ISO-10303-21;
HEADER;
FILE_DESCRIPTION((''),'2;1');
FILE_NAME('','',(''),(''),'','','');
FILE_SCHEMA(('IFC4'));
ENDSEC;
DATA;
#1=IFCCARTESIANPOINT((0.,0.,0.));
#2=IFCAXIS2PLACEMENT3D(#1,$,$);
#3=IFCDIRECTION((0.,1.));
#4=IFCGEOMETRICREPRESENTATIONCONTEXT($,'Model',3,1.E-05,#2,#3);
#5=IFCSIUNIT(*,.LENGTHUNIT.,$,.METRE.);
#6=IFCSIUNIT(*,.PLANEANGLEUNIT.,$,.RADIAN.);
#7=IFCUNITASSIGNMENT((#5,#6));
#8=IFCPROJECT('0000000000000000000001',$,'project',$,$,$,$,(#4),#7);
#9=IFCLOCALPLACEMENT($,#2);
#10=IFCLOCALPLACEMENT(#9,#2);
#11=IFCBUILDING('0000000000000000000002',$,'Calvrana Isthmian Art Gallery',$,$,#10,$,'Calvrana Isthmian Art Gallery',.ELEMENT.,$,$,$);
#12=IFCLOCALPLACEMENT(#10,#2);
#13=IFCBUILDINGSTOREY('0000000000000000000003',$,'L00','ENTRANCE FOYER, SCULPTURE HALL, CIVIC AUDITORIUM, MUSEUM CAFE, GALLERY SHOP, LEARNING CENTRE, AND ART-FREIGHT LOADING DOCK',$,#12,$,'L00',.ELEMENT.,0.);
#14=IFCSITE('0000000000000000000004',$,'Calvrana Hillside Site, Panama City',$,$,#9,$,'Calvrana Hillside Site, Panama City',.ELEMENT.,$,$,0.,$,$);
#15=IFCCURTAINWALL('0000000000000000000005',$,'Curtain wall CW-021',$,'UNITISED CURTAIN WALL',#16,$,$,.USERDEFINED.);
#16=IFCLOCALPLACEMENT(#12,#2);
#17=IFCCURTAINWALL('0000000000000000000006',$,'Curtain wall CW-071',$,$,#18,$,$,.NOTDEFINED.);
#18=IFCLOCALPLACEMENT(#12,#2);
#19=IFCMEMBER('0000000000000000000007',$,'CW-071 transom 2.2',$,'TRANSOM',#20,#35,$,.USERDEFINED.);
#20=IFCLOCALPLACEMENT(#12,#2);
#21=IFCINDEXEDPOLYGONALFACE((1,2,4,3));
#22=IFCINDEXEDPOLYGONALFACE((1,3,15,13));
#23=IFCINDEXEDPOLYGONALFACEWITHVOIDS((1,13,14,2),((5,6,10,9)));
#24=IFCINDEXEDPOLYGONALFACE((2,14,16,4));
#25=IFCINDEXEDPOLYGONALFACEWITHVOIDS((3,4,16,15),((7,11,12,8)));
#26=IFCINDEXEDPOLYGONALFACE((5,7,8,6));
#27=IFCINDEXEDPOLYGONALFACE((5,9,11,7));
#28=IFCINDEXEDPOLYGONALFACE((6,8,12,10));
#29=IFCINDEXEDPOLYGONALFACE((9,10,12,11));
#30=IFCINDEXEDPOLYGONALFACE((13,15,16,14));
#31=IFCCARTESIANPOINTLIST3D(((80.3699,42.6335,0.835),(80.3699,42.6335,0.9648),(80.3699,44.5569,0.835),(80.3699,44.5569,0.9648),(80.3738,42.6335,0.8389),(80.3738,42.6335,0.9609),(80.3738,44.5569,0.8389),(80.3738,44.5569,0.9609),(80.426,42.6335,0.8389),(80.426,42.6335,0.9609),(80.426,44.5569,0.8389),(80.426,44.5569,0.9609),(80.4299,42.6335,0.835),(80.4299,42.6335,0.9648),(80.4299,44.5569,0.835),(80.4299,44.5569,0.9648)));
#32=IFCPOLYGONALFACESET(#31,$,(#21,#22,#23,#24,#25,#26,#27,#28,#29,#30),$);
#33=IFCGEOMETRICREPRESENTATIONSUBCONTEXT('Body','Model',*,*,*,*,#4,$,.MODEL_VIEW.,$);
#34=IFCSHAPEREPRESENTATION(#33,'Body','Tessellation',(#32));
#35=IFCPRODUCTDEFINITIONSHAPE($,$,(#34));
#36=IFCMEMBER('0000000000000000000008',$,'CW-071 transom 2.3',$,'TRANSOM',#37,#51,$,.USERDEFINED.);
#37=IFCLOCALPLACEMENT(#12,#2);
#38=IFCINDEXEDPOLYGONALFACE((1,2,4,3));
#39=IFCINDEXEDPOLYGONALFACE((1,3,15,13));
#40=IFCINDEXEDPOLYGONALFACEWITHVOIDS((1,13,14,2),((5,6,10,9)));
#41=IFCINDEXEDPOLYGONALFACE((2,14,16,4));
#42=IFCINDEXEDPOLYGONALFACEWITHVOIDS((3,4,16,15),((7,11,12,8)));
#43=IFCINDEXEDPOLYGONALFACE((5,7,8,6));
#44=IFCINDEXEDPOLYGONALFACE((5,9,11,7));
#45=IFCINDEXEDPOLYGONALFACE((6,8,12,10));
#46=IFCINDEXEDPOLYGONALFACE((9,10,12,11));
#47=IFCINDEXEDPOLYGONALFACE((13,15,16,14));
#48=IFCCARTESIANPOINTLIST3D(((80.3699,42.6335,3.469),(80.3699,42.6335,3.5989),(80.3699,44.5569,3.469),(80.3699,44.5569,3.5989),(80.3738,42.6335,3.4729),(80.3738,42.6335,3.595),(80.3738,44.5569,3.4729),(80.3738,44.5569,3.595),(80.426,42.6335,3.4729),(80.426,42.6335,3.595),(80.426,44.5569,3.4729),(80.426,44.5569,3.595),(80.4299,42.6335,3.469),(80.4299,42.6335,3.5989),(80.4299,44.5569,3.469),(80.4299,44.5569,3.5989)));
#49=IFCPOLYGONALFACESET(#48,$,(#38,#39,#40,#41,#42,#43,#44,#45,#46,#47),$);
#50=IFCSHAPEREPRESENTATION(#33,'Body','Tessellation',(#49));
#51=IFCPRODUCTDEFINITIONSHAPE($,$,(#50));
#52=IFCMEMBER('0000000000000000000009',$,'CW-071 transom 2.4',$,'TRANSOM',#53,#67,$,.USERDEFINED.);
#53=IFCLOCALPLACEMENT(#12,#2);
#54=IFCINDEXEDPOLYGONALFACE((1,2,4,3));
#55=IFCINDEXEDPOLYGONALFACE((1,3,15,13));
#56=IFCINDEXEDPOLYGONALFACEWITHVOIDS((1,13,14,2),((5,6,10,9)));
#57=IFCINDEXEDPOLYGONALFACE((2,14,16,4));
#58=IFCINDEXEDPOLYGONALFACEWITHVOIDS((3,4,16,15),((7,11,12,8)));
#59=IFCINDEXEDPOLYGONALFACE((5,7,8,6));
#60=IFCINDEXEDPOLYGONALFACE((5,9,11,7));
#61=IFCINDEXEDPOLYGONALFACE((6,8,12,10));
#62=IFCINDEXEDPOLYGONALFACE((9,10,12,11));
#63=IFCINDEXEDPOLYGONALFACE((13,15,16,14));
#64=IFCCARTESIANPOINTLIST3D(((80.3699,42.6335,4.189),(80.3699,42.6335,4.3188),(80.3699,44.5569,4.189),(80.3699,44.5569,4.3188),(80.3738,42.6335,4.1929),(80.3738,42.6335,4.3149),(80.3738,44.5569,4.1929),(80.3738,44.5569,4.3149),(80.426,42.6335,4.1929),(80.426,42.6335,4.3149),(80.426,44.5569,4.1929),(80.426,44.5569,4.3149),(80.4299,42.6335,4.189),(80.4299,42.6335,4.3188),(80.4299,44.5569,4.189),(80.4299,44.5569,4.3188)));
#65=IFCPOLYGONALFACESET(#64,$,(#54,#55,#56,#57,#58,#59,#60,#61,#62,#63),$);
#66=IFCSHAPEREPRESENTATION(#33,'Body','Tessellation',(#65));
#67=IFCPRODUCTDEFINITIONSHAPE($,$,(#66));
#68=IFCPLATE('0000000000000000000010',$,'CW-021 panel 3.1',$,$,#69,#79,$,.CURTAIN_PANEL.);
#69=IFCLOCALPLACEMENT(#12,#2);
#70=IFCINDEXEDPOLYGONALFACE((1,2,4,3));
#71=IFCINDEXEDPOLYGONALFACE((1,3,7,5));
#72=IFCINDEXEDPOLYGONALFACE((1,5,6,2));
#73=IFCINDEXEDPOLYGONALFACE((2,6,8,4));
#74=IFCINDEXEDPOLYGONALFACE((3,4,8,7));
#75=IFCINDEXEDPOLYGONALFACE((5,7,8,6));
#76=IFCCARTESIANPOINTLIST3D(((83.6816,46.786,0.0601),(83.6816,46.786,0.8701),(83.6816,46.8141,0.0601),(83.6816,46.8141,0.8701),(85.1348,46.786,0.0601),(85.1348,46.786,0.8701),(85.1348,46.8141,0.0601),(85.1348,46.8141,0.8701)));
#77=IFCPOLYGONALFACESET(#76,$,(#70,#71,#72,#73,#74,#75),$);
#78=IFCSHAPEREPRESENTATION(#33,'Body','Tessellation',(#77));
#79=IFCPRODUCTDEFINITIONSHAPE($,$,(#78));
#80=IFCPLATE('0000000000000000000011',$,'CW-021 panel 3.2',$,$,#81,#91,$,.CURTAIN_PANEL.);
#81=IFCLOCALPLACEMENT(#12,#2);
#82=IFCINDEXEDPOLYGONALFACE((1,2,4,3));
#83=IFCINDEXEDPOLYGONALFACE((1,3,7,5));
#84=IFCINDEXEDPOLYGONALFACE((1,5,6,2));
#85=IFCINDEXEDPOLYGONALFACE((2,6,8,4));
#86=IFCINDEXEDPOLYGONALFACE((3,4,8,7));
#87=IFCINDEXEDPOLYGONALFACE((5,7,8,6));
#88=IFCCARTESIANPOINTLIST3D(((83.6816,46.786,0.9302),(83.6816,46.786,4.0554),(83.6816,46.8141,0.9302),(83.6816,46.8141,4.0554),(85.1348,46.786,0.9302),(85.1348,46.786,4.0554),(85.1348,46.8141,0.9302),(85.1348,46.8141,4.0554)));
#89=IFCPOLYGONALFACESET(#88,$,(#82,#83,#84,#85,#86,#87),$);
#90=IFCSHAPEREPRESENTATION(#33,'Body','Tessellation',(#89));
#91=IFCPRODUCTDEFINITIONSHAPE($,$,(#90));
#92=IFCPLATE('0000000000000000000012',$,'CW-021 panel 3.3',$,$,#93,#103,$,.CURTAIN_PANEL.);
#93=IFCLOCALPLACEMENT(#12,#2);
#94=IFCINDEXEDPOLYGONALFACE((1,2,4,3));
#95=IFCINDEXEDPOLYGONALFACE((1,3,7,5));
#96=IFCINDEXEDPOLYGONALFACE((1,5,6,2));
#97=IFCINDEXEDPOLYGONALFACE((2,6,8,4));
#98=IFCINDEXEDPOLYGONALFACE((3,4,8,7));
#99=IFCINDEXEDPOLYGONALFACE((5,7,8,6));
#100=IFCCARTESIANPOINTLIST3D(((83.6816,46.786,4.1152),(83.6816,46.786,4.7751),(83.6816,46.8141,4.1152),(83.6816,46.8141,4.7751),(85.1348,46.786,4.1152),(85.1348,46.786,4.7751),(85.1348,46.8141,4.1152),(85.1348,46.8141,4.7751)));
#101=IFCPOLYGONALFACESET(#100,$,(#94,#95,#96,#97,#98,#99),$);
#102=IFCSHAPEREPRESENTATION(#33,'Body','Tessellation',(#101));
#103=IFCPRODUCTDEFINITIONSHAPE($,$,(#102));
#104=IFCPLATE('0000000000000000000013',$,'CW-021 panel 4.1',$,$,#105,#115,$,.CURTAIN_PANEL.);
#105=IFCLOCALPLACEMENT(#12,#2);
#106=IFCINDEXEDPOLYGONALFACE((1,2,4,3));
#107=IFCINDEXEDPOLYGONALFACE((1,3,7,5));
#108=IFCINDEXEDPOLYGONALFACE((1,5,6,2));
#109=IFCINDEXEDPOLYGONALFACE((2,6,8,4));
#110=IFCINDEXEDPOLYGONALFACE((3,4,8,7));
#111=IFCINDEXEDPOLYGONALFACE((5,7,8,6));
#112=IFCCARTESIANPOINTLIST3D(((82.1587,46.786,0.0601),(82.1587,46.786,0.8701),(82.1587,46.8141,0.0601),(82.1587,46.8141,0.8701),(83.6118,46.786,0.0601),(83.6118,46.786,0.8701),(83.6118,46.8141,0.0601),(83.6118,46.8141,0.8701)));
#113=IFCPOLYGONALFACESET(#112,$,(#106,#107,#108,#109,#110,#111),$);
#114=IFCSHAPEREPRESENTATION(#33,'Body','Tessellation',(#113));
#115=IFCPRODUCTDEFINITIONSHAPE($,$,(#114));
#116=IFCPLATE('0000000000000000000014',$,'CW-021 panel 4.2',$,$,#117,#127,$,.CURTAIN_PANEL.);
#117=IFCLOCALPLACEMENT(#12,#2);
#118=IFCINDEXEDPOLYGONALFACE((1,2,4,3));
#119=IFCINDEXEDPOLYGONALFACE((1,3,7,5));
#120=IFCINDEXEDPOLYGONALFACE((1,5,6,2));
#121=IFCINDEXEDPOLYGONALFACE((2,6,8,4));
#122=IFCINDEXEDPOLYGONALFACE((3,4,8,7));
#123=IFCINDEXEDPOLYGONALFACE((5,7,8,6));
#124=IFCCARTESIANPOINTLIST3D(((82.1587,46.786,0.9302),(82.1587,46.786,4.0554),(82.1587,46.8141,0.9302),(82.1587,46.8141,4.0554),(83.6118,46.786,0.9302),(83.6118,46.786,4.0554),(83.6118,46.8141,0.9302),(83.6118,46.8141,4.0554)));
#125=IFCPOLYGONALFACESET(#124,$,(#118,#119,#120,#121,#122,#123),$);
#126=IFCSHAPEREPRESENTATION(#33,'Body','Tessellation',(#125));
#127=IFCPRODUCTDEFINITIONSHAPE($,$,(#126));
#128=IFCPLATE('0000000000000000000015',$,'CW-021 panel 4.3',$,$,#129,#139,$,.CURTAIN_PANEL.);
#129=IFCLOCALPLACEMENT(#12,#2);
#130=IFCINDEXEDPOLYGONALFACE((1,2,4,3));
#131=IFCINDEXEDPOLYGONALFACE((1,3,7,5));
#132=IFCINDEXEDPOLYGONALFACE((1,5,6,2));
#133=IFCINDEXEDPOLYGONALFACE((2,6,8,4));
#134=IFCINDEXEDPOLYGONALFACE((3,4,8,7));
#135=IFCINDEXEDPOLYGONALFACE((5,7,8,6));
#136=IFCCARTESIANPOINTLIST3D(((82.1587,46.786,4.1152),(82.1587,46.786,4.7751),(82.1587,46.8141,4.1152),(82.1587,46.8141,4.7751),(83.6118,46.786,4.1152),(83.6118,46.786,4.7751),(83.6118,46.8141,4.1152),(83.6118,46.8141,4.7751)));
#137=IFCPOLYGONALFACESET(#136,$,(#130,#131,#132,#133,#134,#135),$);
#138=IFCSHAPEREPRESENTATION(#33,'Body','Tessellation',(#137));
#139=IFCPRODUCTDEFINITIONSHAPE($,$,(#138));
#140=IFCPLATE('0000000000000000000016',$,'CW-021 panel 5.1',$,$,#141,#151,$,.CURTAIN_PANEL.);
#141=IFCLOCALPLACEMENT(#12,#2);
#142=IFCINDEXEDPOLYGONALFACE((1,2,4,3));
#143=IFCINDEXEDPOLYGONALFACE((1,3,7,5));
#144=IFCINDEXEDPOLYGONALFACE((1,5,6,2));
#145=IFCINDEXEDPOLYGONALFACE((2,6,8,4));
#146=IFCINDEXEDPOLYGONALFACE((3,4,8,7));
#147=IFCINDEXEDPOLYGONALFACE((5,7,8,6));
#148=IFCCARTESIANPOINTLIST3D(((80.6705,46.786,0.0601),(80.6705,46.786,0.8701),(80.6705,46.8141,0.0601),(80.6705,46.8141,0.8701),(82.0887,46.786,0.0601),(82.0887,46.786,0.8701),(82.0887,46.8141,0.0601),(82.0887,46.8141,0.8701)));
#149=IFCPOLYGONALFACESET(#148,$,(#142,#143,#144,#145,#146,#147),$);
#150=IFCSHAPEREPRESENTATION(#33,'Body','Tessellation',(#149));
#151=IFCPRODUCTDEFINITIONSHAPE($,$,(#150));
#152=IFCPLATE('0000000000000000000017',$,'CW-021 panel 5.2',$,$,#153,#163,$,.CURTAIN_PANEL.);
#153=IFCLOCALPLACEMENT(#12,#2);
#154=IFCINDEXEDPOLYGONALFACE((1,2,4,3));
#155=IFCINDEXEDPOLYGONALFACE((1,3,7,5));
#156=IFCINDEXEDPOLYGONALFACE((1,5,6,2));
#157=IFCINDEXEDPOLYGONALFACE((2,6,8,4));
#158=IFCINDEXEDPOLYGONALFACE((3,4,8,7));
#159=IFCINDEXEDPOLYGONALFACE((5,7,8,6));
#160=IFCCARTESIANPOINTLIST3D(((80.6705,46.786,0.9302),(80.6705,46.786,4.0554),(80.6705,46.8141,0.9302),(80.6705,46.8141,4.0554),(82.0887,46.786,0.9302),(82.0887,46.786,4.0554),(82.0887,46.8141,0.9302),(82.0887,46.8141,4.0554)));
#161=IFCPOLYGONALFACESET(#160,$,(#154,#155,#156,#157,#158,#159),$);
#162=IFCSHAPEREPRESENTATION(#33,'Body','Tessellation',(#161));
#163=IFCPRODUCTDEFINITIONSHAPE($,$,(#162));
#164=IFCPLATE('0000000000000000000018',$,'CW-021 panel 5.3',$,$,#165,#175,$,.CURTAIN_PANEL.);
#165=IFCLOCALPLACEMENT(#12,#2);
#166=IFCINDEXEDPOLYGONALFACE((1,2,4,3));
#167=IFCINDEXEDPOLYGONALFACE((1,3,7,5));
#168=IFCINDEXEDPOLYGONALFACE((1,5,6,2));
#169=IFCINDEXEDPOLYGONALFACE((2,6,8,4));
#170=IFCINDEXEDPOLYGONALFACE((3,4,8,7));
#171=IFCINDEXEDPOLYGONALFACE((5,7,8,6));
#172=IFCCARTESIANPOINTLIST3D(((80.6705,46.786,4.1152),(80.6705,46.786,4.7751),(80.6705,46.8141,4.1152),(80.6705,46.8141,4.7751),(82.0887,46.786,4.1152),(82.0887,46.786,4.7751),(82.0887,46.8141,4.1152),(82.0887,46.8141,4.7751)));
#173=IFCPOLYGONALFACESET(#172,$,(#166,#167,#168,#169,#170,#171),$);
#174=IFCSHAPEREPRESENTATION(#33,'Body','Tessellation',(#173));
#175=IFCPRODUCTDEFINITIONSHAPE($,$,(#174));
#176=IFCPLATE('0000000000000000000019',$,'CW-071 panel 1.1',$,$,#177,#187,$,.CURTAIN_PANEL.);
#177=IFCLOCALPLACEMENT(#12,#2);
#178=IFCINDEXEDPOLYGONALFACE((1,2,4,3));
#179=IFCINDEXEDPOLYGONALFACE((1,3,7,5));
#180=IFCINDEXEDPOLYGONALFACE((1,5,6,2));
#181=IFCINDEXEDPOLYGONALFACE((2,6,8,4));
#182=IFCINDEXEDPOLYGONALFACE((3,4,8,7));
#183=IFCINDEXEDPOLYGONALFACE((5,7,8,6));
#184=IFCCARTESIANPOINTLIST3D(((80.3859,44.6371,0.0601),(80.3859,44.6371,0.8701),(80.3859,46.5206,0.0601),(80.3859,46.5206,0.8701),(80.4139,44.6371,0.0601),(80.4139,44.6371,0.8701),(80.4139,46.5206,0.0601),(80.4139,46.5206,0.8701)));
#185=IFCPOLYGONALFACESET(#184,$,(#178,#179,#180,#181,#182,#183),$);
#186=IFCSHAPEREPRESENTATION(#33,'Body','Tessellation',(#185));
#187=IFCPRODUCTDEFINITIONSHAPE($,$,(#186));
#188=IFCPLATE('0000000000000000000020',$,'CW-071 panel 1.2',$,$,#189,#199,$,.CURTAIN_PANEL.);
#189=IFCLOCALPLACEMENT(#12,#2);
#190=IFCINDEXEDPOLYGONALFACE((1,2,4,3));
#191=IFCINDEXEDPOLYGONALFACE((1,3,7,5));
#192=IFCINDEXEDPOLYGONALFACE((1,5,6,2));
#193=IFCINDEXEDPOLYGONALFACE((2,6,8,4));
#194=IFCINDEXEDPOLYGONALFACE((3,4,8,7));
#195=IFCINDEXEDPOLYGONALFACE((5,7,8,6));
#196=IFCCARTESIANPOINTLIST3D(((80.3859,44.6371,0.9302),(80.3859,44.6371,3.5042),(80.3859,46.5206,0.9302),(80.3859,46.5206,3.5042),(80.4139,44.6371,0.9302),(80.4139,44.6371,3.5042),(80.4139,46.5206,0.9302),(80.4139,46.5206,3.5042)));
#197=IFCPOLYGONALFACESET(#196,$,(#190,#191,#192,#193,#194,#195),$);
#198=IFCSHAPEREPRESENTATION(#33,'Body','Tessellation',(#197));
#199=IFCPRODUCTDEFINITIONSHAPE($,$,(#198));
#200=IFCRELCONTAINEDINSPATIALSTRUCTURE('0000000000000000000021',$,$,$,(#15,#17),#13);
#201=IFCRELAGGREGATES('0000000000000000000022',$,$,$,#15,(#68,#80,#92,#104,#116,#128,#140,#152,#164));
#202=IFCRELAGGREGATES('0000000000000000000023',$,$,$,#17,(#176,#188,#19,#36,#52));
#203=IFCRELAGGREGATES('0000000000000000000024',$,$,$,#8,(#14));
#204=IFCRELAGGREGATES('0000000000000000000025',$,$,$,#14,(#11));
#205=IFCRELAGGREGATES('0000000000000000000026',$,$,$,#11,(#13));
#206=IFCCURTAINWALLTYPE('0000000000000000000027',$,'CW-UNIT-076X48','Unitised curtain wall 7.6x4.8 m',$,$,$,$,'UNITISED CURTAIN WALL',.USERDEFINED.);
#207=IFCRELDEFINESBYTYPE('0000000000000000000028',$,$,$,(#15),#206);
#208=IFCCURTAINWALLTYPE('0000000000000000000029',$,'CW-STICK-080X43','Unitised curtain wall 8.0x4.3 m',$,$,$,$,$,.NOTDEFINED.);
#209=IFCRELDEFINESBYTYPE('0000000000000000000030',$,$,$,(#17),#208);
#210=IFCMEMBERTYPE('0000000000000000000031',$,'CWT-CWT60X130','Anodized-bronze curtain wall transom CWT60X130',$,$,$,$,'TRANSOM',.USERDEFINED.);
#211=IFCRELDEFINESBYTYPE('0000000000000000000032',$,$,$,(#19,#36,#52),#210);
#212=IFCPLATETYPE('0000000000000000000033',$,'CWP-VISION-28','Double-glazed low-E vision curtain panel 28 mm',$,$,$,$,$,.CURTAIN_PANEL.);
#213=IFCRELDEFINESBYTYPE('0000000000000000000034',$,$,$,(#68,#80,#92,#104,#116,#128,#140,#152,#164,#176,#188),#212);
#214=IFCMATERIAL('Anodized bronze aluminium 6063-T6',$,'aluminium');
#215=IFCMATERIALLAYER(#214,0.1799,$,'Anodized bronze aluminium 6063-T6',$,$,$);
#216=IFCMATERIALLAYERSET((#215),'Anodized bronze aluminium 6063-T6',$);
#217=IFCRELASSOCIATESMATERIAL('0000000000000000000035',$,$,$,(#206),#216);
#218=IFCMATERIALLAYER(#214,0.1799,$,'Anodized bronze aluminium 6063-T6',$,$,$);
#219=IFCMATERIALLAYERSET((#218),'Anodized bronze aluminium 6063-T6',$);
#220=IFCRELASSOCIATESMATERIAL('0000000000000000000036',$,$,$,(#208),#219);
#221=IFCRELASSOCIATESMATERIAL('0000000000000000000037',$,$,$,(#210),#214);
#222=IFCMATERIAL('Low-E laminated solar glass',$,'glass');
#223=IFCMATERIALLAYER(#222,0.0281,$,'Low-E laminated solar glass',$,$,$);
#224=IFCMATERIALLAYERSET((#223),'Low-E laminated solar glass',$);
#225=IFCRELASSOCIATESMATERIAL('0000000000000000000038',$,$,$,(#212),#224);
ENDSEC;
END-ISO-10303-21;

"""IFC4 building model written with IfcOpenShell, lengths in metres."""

from ifc_helpers import new_model, si_unit, direction, frame, origin, origin_2d, place, context, subcontext, project, spatial, rectangle, hollow_rectangle, extrude, material, layer, layer_set, material_profile, profile_set, type_object, element, aggregate, save


model = new_model("IFC4")

# Units and contexts
model_context = context("Model", 3, precision=1e-05, world=origin(), true_north=direction((0.0, 1.0)))
body_context = subcontext(model_context, "Body", "Model", "MODEL_VIEW")
ifc_project = project(units=[si_unit("LENGTHUNIT", "METRE"), si_unit("PLANEANGLEUNIT", "RADIAN")], contexts=[model_context])

# Site, building, storey
site_placement = place(None, origin())
site = spatial("IfcSite", under=ifc_project, at=site_placement, Name="Calvrana Hillside Site, Panama City", LongName="Calvrana Hillside Site, Panama City", CompositionType="ELEMENT", RefElevation=0.0)
building_placement = place(site_placement, origin())
building = spatial("IfcBuilding", under=site, at=building_placement, Name="Calvrana Isthmian Art Gallery", LongName="Calvrana Isthmian Art Gallery", CompositionType="ELEMENT")
storey_placement = place(building_placement, origin())
storey = spatial("IfcBuildingStorey", under=building, at=storey_placement, Name="L00", Description="ENTRANCE FOYER, SCULPTURE HALL, CIVIC AUDITORIUM, MUSEUM CAFE, GALLERY SHOP, LEARNING CENTRE, AND ART-FREIGHT LOADING DOCK", LongName="L00", CompositionType="ELEMENT", Elevation=0.0)

# Curtain walls
ifc_material_1 = material(Name="Anodized bronze aluminium 6063-T6", Category="aluminium")
ifc_layer_1 = layer(ifc_material_1, 0.1799, Name="Anodized bronze aluminium 6063-T6")
ifc_layer_set_1 = layer_set([ifc_layer_1], Name="Anodized bronze aluminium 6063-T6")
curtain_wall_type_1 = type_object("IfcCurtainWallType", Name="CW-UNIT-076X48", Description="Unitised curtain wall 7.6x4.8 m", ElementType="UNITISED CURTAIN WALL", PredefinedType="USERDEFINED", material=ifc_layer_set_1)
curtain_wall_1_placement = place(storey_placement, origin())
curtain_wall_1 = element("IfcCurtainWall", 1, at=curtain_wall_1_placement, inside=storey, type_object=curtain_wall_type_1, Name="Curtain wall CW-021", ObjectType="UNITISED CURTAIN WALL", PredefinedType="USERDEFINED")
ifc_layer_2 = layer(ifc_material_1, 0.1799, Name="Anodized bronze aluminium 6063-T6")
ifc_layer_set_2 = layer_set([ifc_layer_2], Name="Anodized bronze aluminium 6063-T6")
curtain_wall_type_2 = type_object("IfcCurtainWallType", Name="CW-STICK-080X43", Description="Unitised curtain wall 8.0x4.3 m", PredefinedType="NOTDEFINED", material=ifc_layer_set_2)
curtain_wall_2_placement = place(storey_placement, origin())
curtain_wall_2 = element("IfcCurtainWall", 2, at=curtain_wall_2_placement, inside=storey, type_object=curtain_wall_type_2, Name="Curtain wall CW-071", PredefinedType="NOTDEFINED")

# Members
ifc_material_profile_1 = material_profile(ifc_material_1, hollow_rectangle(XDim=0.0601, YDim=0.1299, WallThickness=0.0039, at=origin_2d()), Name="CWT60X130")
ifc_profile_set_1 = profile_set([ifc_material_profile_1], Name="Anodized bronze aluminium 6063-T6")
member_type_1 = type_object("IfcMemberType", Name="CWT-CWT60X130", Description="Anodized-bronze curtain wall transom CWT60X130", ElementType="TRANSOM", PredefinedType="USERDEFINED", material=ifc_profile_set_1)
member_1_placement = place(storey_placement, frame((80.3999, 44.5569, 0.8999), z_axis=(0.0, -1.0, 0.0), x_axis=(1.0, 0.0, 0.0)))
member_1 = element("IfcMember", 3, at=member_1_placement, type_object=member_type_1, Name="CW-071 transom 2.2", ObjectType="TRANSOM", PredefinedType="USERDEFINED", context=body_context, shape_type="SweptSolid", body=[
    extrude(hollow_rectangle(XDim=0.0601, YDim=0.1299, WallThickness=0.0039, at=origin_2d()), origin(), (0.0, 0.0, 1.0), 1.9233),
])
member_2_placement = place(storey_placement, frame((80.3999, 44.5569, 3.5339), z_axis=(0.0, -1.0, 0.0), x_axis=(1.0, 0.0, 0.0)))
member_2 = element("IfcMember", 4, at=member_2_placement, type_object=member_type_1, Name="CW-071 transom 2.3", ObjectType="TRANSOM", PredefinedType="USERDEFINED", context=body_context, shape_type="SweptSolid", body=[
    extrude(hollow_rectangle(XDim=0.0601, YDim=0.1299, WallThickness=0.0039, at=origin_2d()), origin(), (0.0, 0.0, 1.0), 1.9233),
])
member_3_placement = place(storey_placement, frame((80.3999, 44.5569, 4.2539), z_axis=(0.0, -1.0, 0.0), x_axis=(1.0, 0.0, 0.0)))
member_3 = element("IfcMember", 5, at=member_3_placement, type_object=member_type_1, Name="CW-071 transom 2.4", ObjectType="TRANSOM", PredefinedType="USERDEFINED", context=body_context, shape_type="SweptSolid", body=[
    extrude(hollow_rectangle(XDim=0.0601, YDim=0.1299, WallThickness=0.0039, at=origin_2d()), origin(), (0.0, 0.0, 1.0), 1.9233),
])

# Plates
ifc_material_2 = material(Name="Low-E laminated solar glass", Category="glass")
ifc_layer_3 = layer(ifc_material_2, 0.0281, Name="Low-E laminated solar glass")
ifc_layer_set_3 = layer_set([ifc_layer_3], Name="Low-E laminated solar glass")
plate_type = type_object("IfcPlateType", Name="CWP-VISION-28", Description="Double-glazed low-E vision curtain panel 28 mm", PredefinedType="CURTAIN_PANEL", material=ifc_layer_set_3)
plate_1_placement = place(storey_placement, frame((84.4082, 46.8, 0.0601), z_axis=(0.0, 0.0, 1.0), x_axis=(-1.0, 0.0, 0.0)))
plate_1 = element("IfcPlate", 6, at=plate_1_placement, type_object=plate_type, Name="CW-021 panel 3.1", PredefinedType="CURTAIN_PANEL", context=body_context, shape_type="SweptSolid", body=[
    extrude(rectangle(XDim=1.4531, YDim=0.0281, at=origin_2d()), origin(), (0.0, 0.0, 1.0), 0.8101),
])
plate_2_placement = place(storey_placement, frame((84.4082, 46.8, 0.9302), z_axis=(0.0, 0.0, 1.0), x_axis=(-1.0, 0.0, 0.0)))
plate_2 = element("IfcPlate", 7, at=plate_2_placement, type_object=plate_type, Name="CW-021 panel 3.2", PredefinedType="CURTAIN_PANEL", context=body_context, shape_type="SweptSolid", body=[
    extrude(rectangle(XDim=1.4531, YDim=0.0281, at=origin_2d()), origin(), (0.0, 0.0, 1.0), 3.1252),
])
plate_3_placement = place(storey_placement, frame((84.4082, 46.8, 4.1152), z_axis=(0.0, 0.0, 1.0), x_axis=(-1.0, 0.0, 0.0)))
plate_3 = element("IfcPlate", 8, at=plate_3_placement, type_object=plate_type, Name="CW-021 panel 3.3", PredefinedType="CURTAIN_PANEL", context=body_context, shape_type="SweptSolid", body=[
    extrude(rectangle(XDim=1.4531, YDim=0.0281, at=origin_2d()), origin(), (0.0, 0.0, 1.0), 0.6599),
])
plate_4_placement = place(storey_placement, frame((82.8853, 46.8, 0.0601), z_axis=(0.0, 0.0, 1.0), x_axis=(-1.0, 0.0, 0.0)))
plate_4 = element("IfcPlate", 9, at=plate_4_placement, type_object=plate_type, Name="CW-021 panel 4.1", PredefinedType="CURTAIN_PANEL", context=body_context, shape_type="SweptSolid", body=[
    extrude(rectangle(XDim=1.4531, YDim=0.0281, at=origin_2d()), origin(), (0.0, 0.0, 1.0), 0.8101),
])
plate_5_placement = place(storey_placement, frame((82.8853, 46.8, 0.9302), z_axis=(0.0, 0.0, 1.0), x_axis=(-1.0, 0.0, 0.0)))
plate_5 = element("IfcPlate", 10, at=plate_5_placement, type_object=plate_type, Name="CW-021 panel 4.2", PredefinedType="CURTAIN_PANEL", context=body_context, shape_type="SweptSolid", body=[
    extrude(rectangle(XDim=1.4531, YDim=0.0281, at=origin_2d()), origin(), (0.0, 0.0, 1.0), 3.1252),
])
plate_6_placement = place(storey_placement, frame((82.8853, 46.8, 4.1152), z_axis=(0.0, 0.0, 1.0), x_axis=(-1.0, 0.0, 0.0)))
plate_6 = element("IfcPlate", 11, at=plate_6_placement, type_object=plate_type, Name="CW-021 panel 4.3", PredefinedType="CURTAIN_PANEL", context=body_context, shape_type="SweptSolid", body=[
    extrude(rectangle(XDim=1.4531, YDim=0.0281, at=origin_2d()), origin(), (0.0, 0.0, 1.0), 0.6599),
])
plate_7_placement = place(storey_placement, frame((81.3796, 46.8, 0.0601), z_axis=(0.0, 0.0, 1.0), x_axis=(-1.0, 0.0, 0.0)))
plate_7 = element("IfcPlate", 12, at=plate_7_placement, type_object=plate_type, Name="CW-021 panel 5.1", PredefinedType="CURTAIN_PANEL", context=body_context, shape_type="SweptSolid", body=[
    extrude(rectangle(XDim=1.4182, YDim=0.0281, at=origin_2d()), origin(), (0.0, 0.0, 1.0), 0.8101),
])
plate_8_placement = place(storey_placement, frame((81.3796, 46.8, 0.9302), z_axis=(0.0, 0.0, 1.0), x_axis=(-1.0, 0.0, 0.0)))
plate_8 = element("IfcPlate", 13, at=plate_8_placement, type_object=plate_type, Name="CW-021 panel 5.2", PredefinedType="CURTAIN_PANEL", context=body_context, shape_type="SweptSolid", body=[
    extrude(rectangle(XDim=1.4182, YDim=0.0281, at=origin_2d()), origin(), (0.0, 0.0, 1.0), 3.1252),
])
plate_9_placement = place(storey_placement, frame((81.3796, 46.8, 4.1152), z_axis=(0.0, 0.0, 1.0), x_axis=(-1.0, 0.0, 0.0)))
plate_9 = element("IfcPlate", 14, at=plate_9_placement, type_object=plate_type, Name="CW-021 panel 5.3", PredefinedType="CURTAIN_PANEL", context=body_context, shape_type="SweptSolid", body=[
    extrude(rectangle(XDim=1.4182, YDim=0.0281, at=origin_2d()), origin(), (0.0, 0.0, 1.0), 0.6599),
])
aggregate(curtain_wall_1, [plate_1, plate_2, plate_3, plate_4, plate_5, plate_6, plate_7, plate_8, plate_9])
plate_10_placement = place(storey_placement, frame((80.3999, 45.5789, 0.0601), z_axis=(0.0, 0.0, 1.0), x_axis=(0.0, -1.0, 0.0)))
plate_10 = element("IfcPlate", 15, at=plate_10_placement, type_object=plate_type, Name="CW-071 panel 1.1", PredefinedType="CURTAIN_PANEL", context=body_context, shape_type="SweptSolid", body=[
    extrude(rectangle(XDim=1.8835, YDim=0.0281, at=origin_2d()), origin(), (0.0, 0.0, 1.0), 0.8101),
])
plate_11_placement = place(storey_placement, frame((80.3999, 45.5789, 0.9302), z_axis=(0.0, 0.0, 1.0), x_axis=(0.0, -1.0, 0.0)))
plate_11 = element("IfcPlate", 16, at=plate_11_placement, type_object=plate_type, Name="CW-071 panel 1.2", PredefinedType="CURTAIN_PANEL", context=body_context, shape_type="SweptSolid", body=[
    extrude(rectangle(XDim=1.8835, YDim=0.0281, at=origin_2d()), origin(), (0.0, 0.0, 1.0), 2.574),
])
aggregate(curtain_wall_2, [plate_10, plate_11, member_1, member_2, member_3])

save(model, "model.ifc")
